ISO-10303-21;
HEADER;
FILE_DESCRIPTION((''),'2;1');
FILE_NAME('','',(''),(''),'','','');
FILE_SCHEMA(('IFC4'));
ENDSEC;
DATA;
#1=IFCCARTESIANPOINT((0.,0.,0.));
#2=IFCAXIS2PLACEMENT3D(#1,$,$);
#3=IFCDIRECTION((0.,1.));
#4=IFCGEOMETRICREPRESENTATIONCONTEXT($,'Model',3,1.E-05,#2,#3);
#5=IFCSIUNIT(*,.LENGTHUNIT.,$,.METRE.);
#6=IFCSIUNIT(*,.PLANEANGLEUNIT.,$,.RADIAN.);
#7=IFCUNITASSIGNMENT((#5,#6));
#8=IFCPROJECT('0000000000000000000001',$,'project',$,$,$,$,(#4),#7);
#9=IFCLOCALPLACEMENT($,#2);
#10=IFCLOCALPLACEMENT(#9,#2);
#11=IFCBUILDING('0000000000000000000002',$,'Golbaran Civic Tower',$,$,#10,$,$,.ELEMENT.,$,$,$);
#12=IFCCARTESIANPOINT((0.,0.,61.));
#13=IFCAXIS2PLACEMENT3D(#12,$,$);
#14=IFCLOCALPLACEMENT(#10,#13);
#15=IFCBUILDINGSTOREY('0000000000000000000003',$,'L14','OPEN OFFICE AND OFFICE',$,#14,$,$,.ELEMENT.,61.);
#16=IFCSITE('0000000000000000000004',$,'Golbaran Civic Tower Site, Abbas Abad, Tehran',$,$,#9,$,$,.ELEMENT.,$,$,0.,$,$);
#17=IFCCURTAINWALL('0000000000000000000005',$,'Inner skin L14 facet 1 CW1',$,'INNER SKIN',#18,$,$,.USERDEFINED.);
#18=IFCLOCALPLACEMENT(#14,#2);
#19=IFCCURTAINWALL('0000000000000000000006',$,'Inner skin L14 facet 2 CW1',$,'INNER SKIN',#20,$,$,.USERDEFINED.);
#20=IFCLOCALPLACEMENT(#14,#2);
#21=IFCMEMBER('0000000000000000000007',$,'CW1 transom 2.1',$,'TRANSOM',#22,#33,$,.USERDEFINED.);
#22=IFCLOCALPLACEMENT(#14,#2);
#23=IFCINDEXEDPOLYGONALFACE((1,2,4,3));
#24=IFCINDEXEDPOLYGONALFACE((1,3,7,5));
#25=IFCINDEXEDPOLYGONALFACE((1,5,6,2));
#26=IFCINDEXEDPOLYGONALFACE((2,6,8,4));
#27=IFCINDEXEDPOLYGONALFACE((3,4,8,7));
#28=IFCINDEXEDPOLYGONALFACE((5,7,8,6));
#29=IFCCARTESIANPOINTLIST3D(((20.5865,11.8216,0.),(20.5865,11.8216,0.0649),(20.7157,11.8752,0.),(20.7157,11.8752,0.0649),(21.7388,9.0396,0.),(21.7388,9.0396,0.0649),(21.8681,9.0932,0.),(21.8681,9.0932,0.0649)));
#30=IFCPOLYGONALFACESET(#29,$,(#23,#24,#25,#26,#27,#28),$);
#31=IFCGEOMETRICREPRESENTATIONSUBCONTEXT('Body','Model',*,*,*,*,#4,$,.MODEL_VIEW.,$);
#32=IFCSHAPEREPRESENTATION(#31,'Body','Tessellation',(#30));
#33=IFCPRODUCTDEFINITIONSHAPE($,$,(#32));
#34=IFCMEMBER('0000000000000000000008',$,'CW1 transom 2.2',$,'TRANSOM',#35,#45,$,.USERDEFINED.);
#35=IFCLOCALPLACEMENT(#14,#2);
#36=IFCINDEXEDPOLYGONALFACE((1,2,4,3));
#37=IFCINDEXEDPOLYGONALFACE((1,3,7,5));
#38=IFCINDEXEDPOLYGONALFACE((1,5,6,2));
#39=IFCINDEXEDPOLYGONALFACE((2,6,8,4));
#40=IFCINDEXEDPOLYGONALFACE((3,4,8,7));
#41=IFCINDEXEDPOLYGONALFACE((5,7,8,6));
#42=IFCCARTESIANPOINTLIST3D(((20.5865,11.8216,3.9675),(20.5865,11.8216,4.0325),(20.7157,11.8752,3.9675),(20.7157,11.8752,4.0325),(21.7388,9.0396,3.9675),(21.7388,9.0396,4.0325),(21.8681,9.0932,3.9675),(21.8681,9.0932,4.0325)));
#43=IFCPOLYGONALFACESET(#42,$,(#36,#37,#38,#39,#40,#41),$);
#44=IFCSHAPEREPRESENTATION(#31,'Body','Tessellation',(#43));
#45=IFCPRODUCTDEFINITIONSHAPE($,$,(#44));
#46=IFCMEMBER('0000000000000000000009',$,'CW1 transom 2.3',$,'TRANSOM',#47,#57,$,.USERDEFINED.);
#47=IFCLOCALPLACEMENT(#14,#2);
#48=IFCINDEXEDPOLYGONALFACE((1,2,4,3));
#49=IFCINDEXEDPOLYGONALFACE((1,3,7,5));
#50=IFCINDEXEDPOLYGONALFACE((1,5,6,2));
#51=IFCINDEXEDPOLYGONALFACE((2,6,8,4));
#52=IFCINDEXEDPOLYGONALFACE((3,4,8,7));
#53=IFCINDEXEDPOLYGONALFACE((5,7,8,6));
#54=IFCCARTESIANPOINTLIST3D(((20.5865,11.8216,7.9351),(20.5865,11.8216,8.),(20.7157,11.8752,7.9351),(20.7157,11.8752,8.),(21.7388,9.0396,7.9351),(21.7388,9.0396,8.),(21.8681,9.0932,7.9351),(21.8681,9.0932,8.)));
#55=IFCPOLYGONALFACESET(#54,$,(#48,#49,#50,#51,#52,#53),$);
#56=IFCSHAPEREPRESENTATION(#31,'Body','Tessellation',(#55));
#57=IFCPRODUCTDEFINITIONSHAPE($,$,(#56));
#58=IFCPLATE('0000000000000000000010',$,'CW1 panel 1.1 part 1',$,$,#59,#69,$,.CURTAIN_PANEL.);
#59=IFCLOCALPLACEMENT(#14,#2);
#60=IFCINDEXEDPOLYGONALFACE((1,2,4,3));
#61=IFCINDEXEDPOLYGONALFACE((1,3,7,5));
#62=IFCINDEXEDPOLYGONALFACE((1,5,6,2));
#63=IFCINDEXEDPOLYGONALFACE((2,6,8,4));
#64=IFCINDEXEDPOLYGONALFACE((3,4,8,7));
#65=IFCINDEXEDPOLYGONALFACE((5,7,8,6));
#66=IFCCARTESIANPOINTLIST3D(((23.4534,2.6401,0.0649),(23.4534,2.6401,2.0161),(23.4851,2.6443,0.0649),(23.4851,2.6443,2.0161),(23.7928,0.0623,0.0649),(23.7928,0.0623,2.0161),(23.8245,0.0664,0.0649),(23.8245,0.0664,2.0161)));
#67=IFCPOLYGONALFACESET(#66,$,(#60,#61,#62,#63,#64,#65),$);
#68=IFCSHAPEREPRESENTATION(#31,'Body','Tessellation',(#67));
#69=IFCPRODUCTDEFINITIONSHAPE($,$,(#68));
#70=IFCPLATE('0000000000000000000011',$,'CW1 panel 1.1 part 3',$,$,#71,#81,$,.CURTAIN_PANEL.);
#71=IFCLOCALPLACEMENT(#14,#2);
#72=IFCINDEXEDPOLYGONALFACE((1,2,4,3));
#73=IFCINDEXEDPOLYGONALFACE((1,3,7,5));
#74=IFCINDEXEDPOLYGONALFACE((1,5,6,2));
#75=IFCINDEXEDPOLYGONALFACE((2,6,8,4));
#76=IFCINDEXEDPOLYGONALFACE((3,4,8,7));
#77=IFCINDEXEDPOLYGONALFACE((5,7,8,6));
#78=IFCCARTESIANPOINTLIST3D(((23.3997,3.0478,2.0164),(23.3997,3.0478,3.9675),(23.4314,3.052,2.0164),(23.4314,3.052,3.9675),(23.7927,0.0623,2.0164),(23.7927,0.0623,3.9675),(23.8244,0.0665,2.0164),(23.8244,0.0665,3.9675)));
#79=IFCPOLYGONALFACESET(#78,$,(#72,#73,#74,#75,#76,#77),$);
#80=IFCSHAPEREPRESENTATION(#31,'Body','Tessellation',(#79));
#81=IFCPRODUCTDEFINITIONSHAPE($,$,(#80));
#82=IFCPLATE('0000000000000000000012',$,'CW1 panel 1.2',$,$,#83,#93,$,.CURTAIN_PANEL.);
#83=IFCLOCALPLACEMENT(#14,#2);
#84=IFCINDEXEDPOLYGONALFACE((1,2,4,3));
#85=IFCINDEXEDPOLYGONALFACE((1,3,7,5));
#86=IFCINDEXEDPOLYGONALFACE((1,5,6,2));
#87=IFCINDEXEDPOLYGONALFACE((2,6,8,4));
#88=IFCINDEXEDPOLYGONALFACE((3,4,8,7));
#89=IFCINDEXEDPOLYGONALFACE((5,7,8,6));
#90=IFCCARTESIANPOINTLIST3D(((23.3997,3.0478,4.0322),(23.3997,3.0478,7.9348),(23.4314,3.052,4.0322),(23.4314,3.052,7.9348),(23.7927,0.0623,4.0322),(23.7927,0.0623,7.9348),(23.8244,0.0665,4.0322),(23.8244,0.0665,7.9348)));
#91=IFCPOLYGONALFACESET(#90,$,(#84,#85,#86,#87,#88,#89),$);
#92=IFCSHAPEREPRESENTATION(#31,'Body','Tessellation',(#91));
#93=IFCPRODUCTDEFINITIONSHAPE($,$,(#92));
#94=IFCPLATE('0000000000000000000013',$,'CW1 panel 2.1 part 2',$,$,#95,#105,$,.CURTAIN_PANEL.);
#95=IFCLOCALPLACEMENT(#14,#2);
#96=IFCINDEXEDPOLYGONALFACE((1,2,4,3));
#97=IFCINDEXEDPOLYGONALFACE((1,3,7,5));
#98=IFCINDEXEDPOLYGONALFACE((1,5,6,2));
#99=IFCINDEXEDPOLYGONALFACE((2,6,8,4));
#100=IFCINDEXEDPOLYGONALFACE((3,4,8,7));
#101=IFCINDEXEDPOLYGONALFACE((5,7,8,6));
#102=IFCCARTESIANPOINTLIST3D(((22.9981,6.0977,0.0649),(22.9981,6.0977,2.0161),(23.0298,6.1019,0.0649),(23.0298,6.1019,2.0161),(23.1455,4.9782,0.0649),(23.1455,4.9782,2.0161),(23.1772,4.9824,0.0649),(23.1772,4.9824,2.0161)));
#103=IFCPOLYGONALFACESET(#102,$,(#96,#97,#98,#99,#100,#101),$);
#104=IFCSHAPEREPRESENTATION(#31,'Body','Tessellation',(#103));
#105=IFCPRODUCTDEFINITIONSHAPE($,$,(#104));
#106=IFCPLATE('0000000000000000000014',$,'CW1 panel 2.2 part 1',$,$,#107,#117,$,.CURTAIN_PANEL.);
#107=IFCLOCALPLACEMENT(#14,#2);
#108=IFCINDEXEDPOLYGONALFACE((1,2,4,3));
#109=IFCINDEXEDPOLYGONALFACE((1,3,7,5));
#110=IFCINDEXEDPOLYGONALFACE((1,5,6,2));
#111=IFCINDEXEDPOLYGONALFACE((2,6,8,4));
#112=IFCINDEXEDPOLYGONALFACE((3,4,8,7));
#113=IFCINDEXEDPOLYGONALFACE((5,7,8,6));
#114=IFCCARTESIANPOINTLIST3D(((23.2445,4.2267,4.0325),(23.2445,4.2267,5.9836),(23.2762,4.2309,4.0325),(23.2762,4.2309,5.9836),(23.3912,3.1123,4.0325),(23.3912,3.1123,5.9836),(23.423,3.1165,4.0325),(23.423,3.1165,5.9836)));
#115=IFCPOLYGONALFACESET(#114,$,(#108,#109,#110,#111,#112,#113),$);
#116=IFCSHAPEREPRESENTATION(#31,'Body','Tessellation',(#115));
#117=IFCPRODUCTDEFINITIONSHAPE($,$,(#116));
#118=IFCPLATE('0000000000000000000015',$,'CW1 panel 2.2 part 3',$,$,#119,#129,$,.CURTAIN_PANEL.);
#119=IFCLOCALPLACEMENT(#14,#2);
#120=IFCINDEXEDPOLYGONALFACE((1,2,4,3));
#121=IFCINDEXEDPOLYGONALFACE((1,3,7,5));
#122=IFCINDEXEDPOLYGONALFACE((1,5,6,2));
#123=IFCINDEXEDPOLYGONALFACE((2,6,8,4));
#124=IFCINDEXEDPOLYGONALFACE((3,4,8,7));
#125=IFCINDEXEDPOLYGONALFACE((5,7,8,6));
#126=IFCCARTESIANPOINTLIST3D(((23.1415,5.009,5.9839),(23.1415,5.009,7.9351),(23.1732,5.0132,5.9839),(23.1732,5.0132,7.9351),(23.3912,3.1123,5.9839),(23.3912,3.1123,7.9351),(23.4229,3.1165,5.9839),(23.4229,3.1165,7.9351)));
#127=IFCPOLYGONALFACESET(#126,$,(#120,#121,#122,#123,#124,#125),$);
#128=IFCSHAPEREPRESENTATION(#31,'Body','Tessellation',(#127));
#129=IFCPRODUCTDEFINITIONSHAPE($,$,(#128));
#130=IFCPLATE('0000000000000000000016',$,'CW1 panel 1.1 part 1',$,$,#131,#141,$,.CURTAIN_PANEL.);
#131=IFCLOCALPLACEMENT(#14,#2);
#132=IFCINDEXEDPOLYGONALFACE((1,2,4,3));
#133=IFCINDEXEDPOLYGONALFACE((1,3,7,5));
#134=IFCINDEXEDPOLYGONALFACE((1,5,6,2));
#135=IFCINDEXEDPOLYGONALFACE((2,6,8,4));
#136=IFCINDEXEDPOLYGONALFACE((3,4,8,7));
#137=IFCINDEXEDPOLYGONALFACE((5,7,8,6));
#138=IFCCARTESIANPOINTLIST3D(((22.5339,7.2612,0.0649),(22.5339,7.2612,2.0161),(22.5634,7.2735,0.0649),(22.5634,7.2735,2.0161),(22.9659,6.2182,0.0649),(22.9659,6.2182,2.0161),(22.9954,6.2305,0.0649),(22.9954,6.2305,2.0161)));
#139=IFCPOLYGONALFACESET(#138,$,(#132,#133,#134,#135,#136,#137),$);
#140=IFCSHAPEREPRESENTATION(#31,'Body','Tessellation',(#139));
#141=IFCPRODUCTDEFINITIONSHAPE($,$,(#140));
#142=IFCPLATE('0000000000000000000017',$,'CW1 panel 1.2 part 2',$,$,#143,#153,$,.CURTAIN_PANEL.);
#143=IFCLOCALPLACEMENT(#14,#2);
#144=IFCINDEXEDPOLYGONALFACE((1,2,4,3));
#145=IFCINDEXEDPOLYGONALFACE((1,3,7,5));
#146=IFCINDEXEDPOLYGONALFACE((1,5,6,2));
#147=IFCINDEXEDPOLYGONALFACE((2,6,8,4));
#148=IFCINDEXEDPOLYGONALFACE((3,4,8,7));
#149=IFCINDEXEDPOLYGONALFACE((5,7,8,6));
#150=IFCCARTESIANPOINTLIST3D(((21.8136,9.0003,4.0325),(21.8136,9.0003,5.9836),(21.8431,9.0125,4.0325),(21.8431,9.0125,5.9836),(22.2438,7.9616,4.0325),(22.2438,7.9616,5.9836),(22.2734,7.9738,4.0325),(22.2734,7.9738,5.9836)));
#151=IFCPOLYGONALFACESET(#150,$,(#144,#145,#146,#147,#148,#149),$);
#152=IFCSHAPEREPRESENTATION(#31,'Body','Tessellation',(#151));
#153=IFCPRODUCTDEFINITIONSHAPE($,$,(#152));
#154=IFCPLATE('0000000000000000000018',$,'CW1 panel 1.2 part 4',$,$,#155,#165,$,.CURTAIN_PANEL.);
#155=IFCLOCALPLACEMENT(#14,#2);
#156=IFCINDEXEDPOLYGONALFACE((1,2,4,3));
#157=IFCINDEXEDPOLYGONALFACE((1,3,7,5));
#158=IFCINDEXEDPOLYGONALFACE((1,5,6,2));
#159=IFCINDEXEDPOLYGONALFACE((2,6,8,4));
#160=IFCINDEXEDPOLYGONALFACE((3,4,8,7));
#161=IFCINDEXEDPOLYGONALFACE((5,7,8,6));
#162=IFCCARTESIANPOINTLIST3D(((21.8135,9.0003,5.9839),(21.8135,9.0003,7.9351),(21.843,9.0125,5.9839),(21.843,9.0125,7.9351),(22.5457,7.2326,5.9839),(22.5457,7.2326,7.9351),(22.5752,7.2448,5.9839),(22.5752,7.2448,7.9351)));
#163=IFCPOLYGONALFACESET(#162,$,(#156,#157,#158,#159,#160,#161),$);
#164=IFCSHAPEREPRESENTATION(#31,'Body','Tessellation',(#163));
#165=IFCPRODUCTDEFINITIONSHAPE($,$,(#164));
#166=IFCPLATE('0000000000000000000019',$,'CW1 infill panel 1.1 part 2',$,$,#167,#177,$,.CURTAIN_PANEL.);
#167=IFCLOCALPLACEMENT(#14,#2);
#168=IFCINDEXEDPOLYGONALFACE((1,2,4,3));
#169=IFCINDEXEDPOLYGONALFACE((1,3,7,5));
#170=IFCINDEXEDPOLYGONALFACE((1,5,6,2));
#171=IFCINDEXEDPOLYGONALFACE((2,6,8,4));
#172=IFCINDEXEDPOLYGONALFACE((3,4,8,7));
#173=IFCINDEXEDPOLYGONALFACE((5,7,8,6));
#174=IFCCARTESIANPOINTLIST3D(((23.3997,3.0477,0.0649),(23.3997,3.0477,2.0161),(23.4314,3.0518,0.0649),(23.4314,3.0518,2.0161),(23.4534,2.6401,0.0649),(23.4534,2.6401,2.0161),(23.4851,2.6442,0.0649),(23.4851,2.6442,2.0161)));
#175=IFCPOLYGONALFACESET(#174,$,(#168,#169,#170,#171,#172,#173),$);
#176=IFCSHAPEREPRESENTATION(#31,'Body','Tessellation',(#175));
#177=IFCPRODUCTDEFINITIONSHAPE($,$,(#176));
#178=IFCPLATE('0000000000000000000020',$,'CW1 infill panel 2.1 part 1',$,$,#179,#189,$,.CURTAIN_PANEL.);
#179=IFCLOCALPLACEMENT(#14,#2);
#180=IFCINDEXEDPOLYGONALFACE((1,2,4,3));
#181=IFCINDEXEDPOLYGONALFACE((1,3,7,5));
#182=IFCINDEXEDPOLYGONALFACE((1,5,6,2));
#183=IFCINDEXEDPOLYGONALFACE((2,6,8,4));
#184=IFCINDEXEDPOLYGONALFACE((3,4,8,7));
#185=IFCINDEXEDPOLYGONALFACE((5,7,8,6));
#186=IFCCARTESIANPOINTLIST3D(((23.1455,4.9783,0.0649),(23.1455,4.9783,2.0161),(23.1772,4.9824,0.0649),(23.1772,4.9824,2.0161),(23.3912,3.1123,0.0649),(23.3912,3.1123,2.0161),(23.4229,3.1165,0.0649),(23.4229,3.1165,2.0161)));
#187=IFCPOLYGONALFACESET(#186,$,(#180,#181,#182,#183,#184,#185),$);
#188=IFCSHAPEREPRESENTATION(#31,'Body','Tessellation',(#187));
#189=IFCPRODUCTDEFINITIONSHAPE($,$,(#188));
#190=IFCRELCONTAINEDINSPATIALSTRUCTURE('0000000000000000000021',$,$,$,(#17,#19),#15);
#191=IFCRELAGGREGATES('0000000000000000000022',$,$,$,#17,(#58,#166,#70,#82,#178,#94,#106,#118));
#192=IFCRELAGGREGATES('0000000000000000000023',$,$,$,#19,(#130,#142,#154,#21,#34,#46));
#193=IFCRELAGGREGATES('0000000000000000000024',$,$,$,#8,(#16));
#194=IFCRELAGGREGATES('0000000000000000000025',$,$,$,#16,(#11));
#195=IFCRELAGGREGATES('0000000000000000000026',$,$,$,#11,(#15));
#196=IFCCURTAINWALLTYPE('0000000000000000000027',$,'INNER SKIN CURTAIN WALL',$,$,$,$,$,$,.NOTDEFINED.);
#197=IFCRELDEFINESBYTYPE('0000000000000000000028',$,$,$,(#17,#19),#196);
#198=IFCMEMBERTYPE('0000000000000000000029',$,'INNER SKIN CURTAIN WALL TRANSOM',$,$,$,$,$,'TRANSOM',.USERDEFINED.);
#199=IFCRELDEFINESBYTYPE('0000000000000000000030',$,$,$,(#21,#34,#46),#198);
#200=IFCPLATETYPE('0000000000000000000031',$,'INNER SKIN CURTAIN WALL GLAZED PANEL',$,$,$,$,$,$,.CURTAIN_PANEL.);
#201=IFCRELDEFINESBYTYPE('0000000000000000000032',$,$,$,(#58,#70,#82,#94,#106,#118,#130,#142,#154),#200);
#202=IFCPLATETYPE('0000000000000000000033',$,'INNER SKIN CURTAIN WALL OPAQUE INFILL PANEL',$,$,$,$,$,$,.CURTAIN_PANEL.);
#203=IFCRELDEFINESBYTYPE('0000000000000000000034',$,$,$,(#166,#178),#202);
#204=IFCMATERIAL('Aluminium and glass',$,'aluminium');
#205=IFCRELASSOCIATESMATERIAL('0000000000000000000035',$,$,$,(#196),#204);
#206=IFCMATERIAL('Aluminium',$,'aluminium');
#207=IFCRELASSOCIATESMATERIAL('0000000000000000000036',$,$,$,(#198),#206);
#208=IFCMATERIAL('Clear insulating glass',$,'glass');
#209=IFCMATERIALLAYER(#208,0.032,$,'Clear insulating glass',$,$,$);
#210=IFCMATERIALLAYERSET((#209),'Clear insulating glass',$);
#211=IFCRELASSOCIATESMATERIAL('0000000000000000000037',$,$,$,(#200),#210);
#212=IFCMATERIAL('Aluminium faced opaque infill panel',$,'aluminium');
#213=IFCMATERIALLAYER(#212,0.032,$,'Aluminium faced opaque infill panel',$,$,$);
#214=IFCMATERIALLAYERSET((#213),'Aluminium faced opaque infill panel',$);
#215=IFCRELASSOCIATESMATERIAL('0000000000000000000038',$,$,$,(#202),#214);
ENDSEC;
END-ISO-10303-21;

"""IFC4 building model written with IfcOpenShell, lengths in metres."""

from ifc_helpers import new_model, si_unit, direction, frame, origin, origin_2d, place, context, subcontext, project, spatial, rectangle, extrude, material, layer, layer_set, material_profile, profile_set, type_object, element, aggregate, save


model = new_model("IFC4")

# Units and contexts
model_context = context("Model", 3, precision=1e-05, world=origin(), true_north=direction((0.0, 1.0)))
body_context = subcontext(model_context, "Body", "Model", "MODEL_VIEW")
ifc_project = project(units=[si_unit("LENGTHUNIT", "METRE"), si_unit("PLANEANGLEUNIT", "RADIAN")], contexts=[model_context])

# Site, building, storey
site_placement = place(None, origin())
site = spatial("IfcSite", under=ifc_project, at=site_placement, Name="Golbaran Civic Tower Site, Abbas Abad, Tehran", CompositionType="ELEMENT", RefElevation=0.0)
building_placement = place(site_placement, origin())
building = spatial("IfcBuilding", under=site, at=building_placement, Name="Golbaran Civic Tower", CompositionType="ELEMENT")
storey_placement = place(building_placement, frame((0.0, 0.0, 61.0)))
storey = spatial("IfcBuildingStorey", under=building, at=storey_placement, Name="L14", Description="OPEN OFFICE AND OFFICE", CompositionType="ELEMENT", Elevation=61.0)

# Curtain walls
ifc_material_1 = material(Name="Aluminium and glass", Category="aluminium")
curtain_wall_type = type_object("IfcCurtainWallType", Name="INNER SKIN CURTAIN WALL", PredefinedType="NOTDEFINED", material=ifc_material_1)
curtain_wall_1_placement = place(storey_placement, origin())
curtain_wall_1 = element("IfcCurtainWall", 1, at=curtain_wall_1_placement, inside=storey, type_object=curtain_wall_type, Name="Inner skin L14 facet 1 CW1", ObjectType="INNER SKIN", PredefinedType="USERDEFINED")
ifc_material_2 = material(Name="Aluminium", Category="aluminium")
curtain_wall_2_placement = place(storey_placement, origin())
curtain_wall_2 = element("IfcCurtainWall", 2, at=curtain_wall_2_placement, inside=storey, type_object=curtain_wall_type, Name="Inner skin L14 facet 2 CW1", ObjectType="INNER SKIN", PredefinedType="USERDEFINED")

# Members
ifc_material_profile_1 = material_profile(ifc_material_2, rectangle(XDim=0.1399, YDim=0.0649, at=origin_2d()), Name="INNER SKIN CURTAIN WALL TRANSOM")
ifc_profile_set_1 = profile_set([ifc_material_profile_1], Name="Aluminium")
member_type_1 = type_object("IfcMemberType", Name="INNER SKIN CURTAIN WALL TRANSOM", ElementType="TRANSOM", PredefinedType="USERDEFINED", material=ifc_profile_set_1)
member_1_placement = place(storey_placement, frame((21.8035, 9.0664, 0.0325), z_axis=(-0.382686, 0.923878, 0.0), x_axis=(-0.923878, -0.382686, 0.0)))
member_1 = element("IfcMember", 3, at=member_1_placement, type_object=member_type_1, Name="CW1 transom 2.1", ObjectType="TRANSOM", PredefinedType="USERDEFINED", context=body_context, shape_type="SweptSolid", body=[
    extrude(rectangle(XDim=0.1399, YDim=0.0649, at=origin_2d()), origin(), (0.0, 0.0, 1.0), 3.0112),
])
member_2_placement = place(storey_placement, frame((21.8035, 9.0664, 4.0), z_axis=(-0.382686, 0.923878, 0.0), x_axis=(-0.923878, -0.382686, 0.0)))
member_2 = element("IfcMember", 4, at=member_2_placement, type_object=member_type_1, Name="CW1 transom 2.2", ObjectType="TRANSOM", PredefinedType="USERDEFINED", context=body_context, shape_type="SweptSolid", body=[
    extrude(rectangle(XDim=0.1399, YDim=0.0649, at=origin_2d()), origin(), (0.0, 0.0, 1.0), 3.0112),
])
member_3_placement = place(storey_placement, frame((21.8035, 9.0664, 7.9675), z_axis=(-0.382686, 0.923878, 0.0), x_axis=(-0.923878, -0.382686, 0.0)))
member_3 = element("IfcMember", 5, at=member_3_placement, type_object=member_type_1, Name="CW1 transom 2.3", ObjectType="TRANSOM", PredefinedType="USERDEFINED", context=body_context, shape_type="SweptSolid", body=[
    extrude(rectangle(XDim=0.1399, YDim=0.0649, at=origin_2d()), origin(), (0.0, 0.0, 1.0), 3.0112),
])

# Plates
ifc_material_3 = material(Name="Clear insulating glass", Category="glass")
ifc_layer_1 = layer(ifc_material_3, 0.032, Name="Clear insulating glass")
ifc_layer_set_1 = layer_set([ifc_layer_1], Name="Clear insulating glass")
plate_type_1 = type_object("IfcPlateType", Name="INNER SKIN CURTAIN WALL GLAZED PANEL", PredefinedType="CURTAIN_PANEL", material=ifc_layer_set_1)
plate_1_placement = place(storey_placement, frame((23.6389, 1.3533, 0.0649), z_axis=(0.0, 0.0, 1.0), x_axis=(-0.130526, 0.991445, 0.0)))
plate_1 = element("IfcPlate", 6, at=plate_1_placement, type_object=plate_type_1, Name="CW1 panel 1.1 part 1", PredefinedType="CURTAIN_PANEL", context=body_context, shape_type="SweptSolid", body=[
    extrude(rectangle(XDim=2.6001, YDim=0.032, at=origin_2d()), origin(), (0.0, 0.0, 1.0), 1.9512),
])
plate_2_placement = place(storey_placement, frame((23.6121, 1.5571, 2.0164), z_axis=(0.0, 0.0, 1.0), x_axis=(-0.130526, 0.991445, 0.0)))
plate_2 = element("IfcPlate", 7, at=plate_2_placement, type_object=plate_type_1, Name="CW1 panel 1.1 part 3", PredefinedType="CURTAIN_PANEL", context=body_context, shape_type="SweptSolid", body=[
    extrude(rectangle(XDim=3.0112, YDim=0.032, at=origin_2d()), origin(), (0.0, 0.0, 1.0), 1.9512),
])
plate_3_placement = place(storey_placement, frame((23.6121, 1.5571, 4.0322), z_axis=(0.0, 0.0, 1.0), x_axis=(-0.130526, 0.991445, 0.0)))
plate_3 = element("IfcPlate", 8, at=plate_3_placement, type_object=plate_type_1, Name="CW1 panel 1.2", PredefinedType="CURTAIN_PANEL", context=body_context, shape_type="SweptSolid", body=[
    extrude(rectangle(XDim=3.0112, YDim=0.032, at=origin_2d()), origin(), (0.0, 0.0, 1.0), 3.9026),
])
plate_4_placement = place(storey_placement, frame((23.0876, 5.54, 0.0649), z_axis=(0.0, 0.0, 1.0), x_axis=(-0.130526, 0.991445, 0.0)))
plate_4 = element("IfcPlate", 9, at=plate_4_placement, type_object=plate_type_1, Name="CW1 panel 2.1 part 2", PredefinedType="CURTAIN_PANEL", context=body_context, shape_type="SweptSolid", body=[
    extrude(rectangle(XDim=1.1292, YDim=0.032, at=origin_2d()), origin(), (0.0, 0.0, 1.0), 1.9512),
])
plate_5_placement = place(storey_placement, frame((23.3337, 3.6716, 4.0325), z_axis=(0.0, 0.0, 1.0), x_axis=(-0.130526, 0.991445, 0.0)))
plate_5 = element("IfcPlate", 10, at=plate_5_placement, type_object=plate_type_1, Name="CW1 panel 2.2 part 1", PredefinedType="CURTAIN_PANEL", context=body_context, shape_type="SweptSolid", body=[
    extrude(rectangle(XDim=1.124, YDim=0.032, at=origin_2d()), origin(), (0.0, 0.0, 1.0), 1.9512),
])
plate_6_placement = place(storey_placement, frame((23.2822, 4.0627, 5.9839), z_axis=(0.0, 0.0, 1.0), x_axis=(-0.130526, 0.991445, 0.0)))
plate_6 = element("IfcPlate", 11, at=plate_6_placement, type_object=plate_type_1, Name="CW1 panel 2.2 part 3", PredefinedType="CURTAIN_PANEL", context=body_context, shape_type="SweptSolid", body=[
    extrude(rectangle(XDim=1.9131, YDim=0.032, at=origin_2d()), origin(), (0.0, 0.0, 1.0), 1.9512),
])
plate_7_placement = place(storey_placement, frame((22.7646, 6.7458, 0.0649), z_axis=(0.0, 0.0, 1.0), x_axis=(-0.382683, 0.92388, 0.0)))
plate_7 = element("IfcPlate", 12, at=plate_7_placement, type_object=plate_type_1, Name="CW1 panel 1.1 part 1", PredefinedType="CURTAIN_PANEL", context=body_context, shape_type="SweptSolid", body=[
    extrude(rectangle(XDim=1.1289, YDim=0.032, at=origin_2d()), origin(), (0.0, 0.0, 1.0), 1.9512),
])
plate_8_placement = place(storey_placement, frame((22.0435, 8.4871, 4.0325), z_axis=(0.0, 0.0, 1.0), x_axis=(-0.382683, 0.92388, 0.0)))
plate_8 = element("IfcPlate", 13, at=plate_8_placement, type_object=plate_type_1, Name="CW1 panel 1.2 part 2", PredefinedType="CURTAIN_PANEL", context=body_context, shape_type="SweptSolid", body=[
    extrude(rectangle(XDim=1.1243, YDim=0.032, at=origin_2d()), origin(), (0.0, 0.0, 1.0), 1.9512),
])
plate_9_placement = place(storey_placement, frame((22.1943, 8.1226, 5.9839), z_axis=(0.0, 0.0, 1.0), x_axis=(-0.382683, 0.92388, 0.0)))
plate_9 = element("IfcPlate", 14, at=plate_9_placement, type_object=plate_type_1, Name="CW1 panel 1.2 part 4", PredefinedType="CURTAIN_PANEL", context=body_context, shape_type="SweptSolid", body=[
    extrude(rectangle(XDim=1.9133, YDim=0.032, at=origin_2d()), origin(), (0.0, 0.0, 1.0), 1.9512),
])
ifc_material_4 = material(Name="Aluminium faced opaque infill panel", Category="aluminium")
ifc_layer_2 = layer(ifc_material_4, 0.032, Name="Aluminium faced opaque infill panel")
ifc_layer_set_2 = layer_set([ifc_layer_2], Name="Aluminium faced opaque infill panel")
plate_type_2 = type_object("IfcPlateType", Name="INNER SKIN CURTAIN WALL OPAQUE INFILL PANEL", PredefinedType="CURTAIN_PANEL", material=ifc_layer_set_2)
plate_10_placement = place(storey_placement, frame((23.4424, 2.8459, 0.0649), z_axis=(0.0, 0.0, 1.0), x_axis=(-0.130526, 0.991445, 0.0)))
plate_10 = element("IfcPlate", 15, at=plate_10_placement, type_object=plate_type_2, Name="CW1 infill panel 1.1 part 2", PredefinedType="CURTAIN_PANEL", context=body_context, shape_type="SweptSolid", body=[
    extrude(rectangle(XDim=0.4111, YDim=0.032, at=origin_2d()), origin(), (0.0, 0.0, 1.0), 1.9512),
])
plate_11_placement = place(storey_placement, frame((23.2842, 4.0474, 0.0649), z_axis=(0.0, 0.0, 1.0), x_axis=(-0.130526, 0.991445, 0.0)))
plate_11 = element("IfcPlate", 16, at=plate_11_placement, type_object=plate_type_2, Name="CW1 infill panel 2.1 part 1", PredefinedType="CURTAIN_PANEL", context=body_context, shape_type="SweptSolid", body=[
    extrude(rectangle(XDim=1.8821, YDim=0.032, at=origin_2d()), origin(), (0.0, 0.0, 1.0), 1.9512),
])
aggregate(curtain_wall_1, [plate_1, plate_10, plate_2, plate_3, plate_11, plate_4, plate_5, plate_6])
aggregate(curtain_wall_2, [plate_7, plate_8, plate_9, member_1, member_2, member_3])

save(model, "model.ifc")
